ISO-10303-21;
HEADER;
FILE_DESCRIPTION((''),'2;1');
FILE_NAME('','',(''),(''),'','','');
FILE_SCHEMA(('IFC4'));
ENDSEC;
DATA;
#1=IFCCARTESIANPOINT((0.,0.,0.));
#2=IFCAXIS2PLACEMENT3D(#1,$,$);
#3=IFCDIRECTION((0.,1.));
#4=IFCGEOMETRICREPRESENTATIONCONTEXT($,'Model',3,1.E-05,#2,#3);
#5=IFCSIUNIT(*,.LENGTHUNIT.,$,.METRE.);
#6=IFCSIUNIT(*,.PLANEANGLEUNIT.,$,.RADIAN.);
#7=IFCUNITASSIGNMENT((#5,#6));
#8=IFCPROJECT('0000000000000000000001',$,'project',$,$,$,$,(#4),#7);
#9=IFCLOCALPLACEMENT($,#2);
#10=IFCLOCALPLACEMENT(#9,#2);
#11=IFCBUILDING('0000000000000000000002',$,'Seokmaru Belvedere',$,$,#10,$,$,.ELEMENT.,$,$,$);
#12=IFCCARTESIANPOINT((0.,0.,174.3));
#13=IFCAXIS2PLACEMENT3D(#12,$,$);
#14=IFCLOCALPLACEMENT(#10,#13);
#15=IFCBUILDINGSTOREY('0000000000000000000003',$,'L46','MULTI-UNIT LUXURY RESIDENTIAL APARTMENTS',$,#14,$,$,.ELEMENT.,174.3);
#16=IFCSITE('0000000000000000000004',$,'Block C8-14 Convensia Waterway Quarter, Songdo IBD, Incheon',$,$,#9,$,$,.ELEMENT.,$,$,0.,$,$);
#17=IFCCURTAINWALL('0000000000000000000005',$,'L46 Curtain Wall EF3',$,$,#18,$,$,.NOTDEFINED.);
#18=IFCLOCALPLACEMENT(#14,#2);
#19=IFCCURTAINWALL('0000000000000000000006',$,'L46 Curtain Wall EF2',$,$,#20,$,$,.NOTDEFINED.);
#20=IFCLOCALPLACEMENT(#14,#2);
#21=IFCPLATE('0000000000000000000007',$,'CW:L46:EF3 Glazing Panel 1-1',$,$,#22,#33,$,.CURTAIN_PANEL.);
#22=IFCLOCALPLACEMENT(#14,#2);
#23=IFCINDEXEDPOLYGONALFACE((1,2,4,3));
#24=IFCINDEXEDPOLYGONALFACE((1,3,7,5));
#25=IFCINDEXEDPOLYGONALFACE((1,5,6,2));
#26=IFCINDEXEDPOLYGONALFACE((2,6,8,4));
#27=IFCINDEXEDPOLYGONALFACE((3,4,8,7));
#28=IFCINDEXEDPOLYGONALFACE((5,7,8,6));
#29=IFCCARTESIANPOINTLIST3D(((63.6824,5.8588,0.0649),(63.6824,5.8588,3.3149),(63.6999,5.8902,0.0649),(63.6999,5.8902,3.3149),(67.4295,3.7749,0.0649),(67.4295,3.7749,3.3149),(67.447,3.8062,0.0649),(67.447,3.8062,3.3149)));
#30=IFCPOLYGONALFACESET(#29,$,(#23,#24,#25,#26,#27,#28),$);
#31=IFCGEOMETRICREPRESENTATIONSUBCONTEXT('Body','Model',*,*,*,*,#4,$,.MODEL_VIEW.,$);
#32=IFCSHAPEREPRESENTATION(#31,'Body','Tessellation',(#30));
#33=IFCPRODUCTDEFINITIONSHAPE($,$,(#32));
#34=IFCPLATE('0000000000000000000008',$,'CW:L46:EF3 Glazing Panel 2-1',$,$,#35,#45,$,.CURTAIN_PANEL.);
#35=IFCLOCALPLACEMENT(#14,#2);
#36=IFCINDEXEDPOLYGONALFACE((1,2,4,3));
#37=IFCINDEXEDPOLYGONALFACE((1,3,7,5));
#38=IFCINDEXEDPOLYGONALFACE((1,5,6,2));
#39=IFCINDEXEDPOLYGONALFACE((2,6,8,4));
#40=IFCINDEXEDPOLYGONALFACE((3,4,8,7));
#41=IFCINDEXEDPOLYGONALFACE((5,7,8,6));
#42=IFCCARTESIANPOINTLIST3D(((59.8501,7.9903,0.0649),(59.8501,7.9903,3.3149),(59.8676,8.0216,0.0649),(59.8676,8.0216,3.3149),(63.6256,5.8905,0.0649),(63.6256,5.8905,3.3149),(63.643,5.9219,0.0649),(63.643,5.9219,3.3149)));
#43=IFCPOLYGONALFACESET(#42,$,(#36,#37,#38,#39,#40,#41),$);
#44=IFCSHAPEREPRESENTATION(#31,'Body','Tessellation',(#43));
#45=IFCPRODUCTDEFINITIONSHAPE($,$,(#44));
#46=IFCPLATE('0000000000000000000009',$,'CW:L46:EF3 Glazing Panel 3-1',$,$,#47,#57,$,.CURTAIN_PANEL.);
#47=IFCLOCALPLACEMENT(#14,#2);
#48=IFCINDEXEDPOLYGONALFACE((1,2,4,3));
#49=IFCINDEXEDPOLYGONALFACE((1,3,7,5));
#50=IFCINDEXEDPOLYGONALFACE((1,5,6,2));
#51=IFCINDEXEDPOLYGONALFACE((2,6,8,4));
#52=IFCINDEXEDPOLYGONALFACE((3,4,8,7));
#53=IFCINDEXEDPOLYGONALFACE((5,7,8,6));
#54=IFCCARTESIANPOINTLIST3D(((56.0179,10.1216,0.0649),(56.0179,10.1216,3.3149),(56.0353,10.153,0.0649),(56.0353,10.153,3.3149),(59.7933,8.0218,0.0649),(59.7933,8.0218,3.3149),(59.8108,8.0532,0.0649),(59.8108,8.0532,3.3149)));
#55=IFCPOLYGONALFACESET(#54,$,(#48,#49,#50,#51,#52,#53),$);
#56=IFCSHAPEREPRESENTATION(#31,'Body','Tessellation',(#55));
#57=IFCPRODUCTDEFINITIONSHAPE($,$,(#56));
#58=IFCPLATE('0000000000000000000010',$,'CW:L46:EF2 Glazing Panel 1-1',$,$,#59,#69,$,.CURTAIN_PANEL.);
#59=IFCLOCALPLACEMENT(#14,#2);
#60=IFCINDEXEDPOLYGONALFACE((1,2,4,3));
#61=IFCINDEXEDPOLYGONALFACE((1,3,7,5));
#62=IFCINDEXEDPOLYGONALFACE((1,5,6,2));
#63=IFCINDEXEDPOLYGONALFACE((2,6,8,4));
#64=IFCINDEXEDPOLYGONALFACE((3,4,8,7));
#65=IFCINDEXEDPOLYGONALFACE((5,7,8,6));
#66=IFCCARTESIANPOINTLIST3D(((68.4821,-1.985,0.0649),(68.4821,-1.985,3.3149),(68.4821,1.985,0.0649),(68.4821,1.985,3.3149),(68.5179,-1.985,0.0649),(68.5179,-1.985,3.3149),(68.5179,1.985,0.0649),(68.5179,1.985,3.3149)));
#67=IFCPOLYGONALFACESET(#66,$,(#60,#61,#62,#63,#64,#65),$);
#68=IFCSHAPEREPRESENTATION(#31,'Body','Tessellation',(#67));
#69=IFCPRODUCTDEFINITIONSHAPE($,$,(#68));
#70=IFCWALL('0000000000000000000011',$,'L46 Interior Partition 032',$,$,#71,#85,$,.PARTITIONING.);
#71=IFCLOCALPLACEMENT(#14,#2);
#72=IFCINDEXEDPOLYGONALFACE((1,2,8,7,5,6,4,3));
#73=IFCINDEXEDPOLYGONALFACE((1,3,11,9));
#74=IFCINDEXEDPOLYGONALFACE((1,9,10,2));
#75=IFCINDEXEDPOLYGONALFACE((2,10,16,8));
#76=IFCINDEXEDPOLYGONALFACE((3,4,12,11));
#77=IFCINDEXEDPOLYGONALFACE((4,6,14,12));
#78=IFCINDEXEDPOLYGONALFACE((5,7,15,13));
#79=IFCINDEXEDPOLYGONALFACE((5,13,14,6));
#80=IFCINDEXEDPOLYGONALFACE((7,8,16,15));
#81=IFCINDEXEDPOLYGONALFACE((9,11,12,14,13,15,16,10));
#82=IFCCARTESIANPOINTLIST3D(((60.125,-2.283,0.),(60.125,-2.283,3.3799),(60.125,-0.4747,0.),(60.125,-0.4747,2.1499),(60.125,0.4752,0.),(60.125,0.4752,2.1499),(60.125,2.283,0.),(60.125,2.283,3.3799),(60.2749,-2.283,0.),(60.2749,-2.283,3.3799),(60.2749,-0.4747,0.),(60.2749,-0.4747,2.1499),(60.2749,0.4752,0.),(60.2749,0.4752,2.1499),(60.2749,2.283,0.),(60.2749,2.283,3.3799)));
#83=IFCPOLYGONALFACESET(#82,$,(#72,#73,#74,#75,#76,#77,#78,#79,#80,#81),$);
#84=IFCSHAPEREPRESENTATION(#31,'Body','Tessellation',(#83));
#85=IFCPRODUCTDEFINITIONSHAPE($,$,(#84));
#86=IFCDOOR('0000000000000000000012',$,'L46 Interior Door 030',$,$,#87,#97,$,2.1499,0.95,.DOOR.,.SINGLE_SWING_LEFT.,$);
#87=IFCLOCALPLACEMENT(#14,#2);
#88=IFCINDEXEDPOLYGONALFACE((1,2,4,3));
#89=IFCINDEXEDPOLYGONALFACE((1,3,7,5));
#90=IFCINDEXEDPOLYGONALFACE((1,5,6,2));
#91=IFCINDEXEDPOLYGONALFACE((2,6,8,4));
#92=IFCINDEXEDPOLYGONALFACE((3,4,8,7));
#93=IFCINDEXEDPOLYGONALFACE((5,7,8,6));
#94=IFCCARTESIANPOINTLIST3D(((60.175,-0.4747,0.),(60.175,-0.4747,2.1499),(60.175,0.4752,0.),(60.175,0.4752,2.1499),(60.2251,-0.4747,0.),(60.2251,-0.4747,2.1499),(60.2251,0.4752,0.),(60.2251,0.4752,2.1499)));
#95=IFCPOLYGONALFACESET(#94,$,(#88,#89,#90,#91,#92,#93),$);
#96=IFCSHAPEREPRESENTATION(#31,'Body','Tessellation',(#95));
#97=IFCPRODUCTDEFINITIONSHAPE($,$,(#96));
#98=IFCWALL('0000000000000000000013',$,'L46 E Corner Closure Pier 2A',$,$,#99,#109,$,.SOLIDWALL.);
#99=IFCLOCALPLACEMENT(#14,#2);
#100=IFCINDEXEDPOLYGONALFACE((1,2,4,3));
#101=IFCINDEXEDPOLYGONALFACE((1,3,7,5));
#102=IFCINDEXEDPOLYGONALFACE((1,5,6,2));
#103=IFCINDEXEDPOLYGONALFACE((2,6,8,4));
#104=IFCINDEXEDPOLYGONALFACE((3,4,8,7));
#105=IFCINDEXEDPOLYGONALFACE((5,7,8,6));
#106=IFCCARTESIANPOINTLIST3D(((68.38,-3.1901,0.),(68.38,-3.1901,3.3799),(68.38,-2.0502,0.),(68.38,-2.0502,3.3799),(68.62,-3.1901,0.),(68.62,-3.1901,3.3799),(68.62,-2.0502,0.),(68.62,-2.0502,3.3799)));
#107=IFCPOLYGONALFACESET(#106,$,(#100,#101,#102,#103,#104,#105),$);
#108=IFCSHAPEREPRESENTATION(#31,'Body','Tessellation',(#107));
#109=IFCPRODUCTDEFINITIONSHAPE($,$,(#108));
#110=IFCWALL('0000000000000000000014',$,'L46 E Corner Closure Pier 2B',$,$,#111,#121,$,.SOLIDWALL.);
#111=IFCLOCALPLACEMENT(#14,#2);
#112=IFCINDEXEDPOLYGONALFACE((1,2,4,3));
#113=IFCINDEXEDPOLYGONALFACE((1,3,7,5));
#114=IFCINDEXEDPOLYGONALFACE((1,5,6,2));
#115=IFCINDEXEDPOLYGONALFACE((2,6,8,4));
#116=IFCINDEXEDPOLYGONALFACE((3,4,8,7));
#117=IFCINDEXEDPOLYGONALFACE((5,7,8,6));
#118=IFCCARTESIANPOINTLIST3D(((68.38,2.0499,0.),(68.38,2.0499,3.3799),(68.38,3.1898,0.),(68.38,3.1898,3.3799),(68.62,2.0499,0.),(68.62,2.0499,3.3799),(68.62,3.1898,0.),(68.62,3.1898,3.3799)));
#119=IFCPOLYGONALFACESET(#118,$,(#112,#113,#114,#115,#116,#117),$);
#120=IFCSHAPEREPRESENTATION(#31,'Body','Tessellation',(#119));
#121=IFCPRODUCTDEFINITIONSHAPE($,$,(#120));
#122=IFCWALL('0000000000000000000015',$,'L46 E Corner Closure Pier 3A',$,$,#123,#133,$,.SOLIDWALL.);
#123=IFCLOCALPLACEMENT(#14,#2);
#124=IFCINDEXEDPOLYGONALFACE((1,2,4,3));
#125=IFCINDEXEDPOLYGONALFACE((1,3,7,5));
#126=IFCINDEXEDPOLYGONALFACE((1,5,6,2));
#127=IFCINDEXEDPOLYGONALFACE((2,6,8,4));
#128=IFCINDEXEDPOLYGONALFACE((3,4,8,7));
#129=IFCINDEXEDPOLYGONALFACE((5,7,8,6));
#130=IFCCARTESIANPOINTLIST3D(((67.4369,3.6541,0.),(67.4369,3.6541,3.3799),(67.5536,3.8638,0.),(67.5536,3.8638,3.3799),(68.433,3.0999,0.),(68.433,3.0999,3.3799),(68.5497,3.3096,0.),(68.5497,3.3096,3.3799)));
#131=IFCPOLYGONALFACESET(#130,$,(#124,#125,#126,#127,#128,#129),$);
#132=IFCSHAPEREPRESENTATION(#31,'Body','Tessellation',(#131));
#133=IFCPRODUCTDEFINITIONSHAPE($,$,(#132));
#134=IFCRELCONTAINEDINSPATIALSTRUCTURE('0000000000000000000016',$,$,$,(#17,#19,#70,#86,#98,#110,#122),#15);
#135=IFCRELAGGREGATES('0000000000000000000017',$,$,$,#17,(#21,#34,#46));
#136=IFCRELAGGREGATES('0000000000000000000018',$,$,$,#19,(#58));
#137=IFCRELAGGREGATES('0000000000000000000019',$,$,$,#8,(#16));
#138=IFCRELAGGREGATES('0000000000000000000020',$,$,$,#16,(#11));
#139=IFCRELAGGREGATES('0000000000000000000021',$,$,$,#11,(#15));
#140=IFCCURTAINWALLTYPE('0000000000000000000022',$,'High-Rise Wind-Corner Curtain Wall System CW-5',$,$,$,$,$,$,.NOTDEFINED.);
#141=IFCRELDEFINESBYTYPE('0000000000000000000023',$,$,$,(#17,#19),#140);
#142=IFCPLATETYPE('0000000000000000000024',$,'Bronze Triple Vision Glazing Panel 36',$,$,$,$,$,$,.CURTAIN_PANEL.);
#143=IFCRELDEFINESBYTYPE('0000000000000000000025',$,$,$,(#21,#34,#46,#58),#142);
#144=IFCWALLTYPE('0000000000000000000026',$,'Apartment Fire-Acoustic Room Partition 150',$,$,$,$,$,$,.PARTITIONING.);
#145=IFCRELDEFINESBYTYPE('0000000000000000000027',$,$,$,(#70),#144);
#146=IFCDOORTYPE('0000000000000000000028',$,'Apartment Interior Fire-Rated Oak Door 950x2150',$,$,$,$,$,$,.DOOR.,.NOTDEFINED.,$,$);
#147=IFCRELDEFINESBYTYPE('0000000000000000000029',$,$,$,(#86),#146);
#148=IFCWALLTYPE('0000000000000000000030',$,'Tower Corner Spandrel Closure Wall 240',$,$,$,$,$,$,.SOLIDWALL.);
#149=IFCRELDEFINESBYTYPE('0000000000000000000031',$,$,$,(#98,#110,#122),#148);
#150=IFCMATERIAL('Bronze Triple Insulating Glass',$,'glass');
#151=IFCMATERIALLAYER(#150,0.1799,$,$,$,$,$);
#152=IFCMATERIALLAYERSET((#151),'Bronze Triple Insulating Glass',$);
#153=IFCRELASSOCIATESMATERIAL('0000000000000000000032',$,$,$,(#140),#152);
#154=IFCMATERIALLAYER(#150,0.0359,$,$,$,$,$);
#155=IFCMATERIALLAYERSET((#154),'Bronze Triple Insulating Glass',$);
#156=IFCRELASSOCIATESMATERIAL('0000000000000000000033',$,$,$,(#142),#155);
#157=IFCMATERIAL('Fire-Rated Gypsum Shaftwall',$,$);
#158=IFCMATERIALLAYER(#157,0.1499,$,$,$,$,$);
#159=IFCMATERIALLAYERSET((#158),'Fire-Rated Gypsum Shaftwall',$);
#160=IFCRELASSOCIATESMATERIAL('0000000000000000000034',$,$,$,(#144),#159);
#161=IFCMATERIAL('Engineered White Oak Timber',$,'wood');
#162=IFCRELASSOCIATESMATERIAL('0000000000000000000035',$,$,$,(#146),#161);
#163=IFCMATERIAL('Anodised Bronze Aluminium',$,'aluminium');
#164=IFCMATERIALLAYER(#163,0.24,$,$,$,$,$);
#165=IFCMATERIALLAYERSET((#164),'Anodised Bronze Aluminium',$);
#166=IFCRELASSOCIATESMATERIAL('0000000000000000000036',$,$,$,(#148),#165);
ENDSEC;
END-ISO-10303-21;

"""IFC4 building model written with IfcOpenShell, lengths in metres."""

from ifc_helpers import new_model, si_unit, direction, frame, frame_2d, origin, origin_2d, place, context, subcontext, project, spatial, rectangle, extrude, source, transform, mapped, material, layer, layer_set, type_object, type_shapes, element, fill, aggregate, save


model = new_model("IFC4")

# Units and contexts
model_context = context("Model", 3, precision=1e-05, world=origin(), true_north=direction((0.0, 1.0)))
body_context = subcontext(model_context, "Body", "Model", "MODEL_VIEW")
ifc_project = project(units=[si_unit("LENGTHUNIT", "METRE"), si_unit("PLANEANGLEUNIT", "RADIAN")], contexts=[model_context])

# Site, building, storey
site_placement = place(None, origin())
site = spatial("IfcSite", under=ifc_project, at=site_placement, Name="Block C8-14 Convensia Waterway Quarter, Songdo IBD, Incheon", CompositionType="ELEMENT", RefElevation=0.0)
building_placement = place(site_placement, origin())
building = spatial("IfcBuilding", under=site, at=building_placement, Name="Seokmaru Belvedere", CompositionType="ELEMENT")
storey_placement = place(building_placement, frame((0.0, 0.0, 174.3)))
storey = spatial("IfcBuildingStorey", under=building, at=storey_placement, Name="L46", Description="MULTI-UNIT LUXURY RESIDENTIAL APARTMENTS", CompositionType="ELEMENT", Elevation=174.3)

# Curtain walls
ifc_material_1 = material(Name="Bronze Triple Insulating Glass", Category="glass")
ifc_layer_1 = layer(ifc_material_1, 0.1799)
ifc_layer_set_1 = layer_set([ifc_layer_1], Name="Bronze Triple Insulating Glass")
curtain_wall_type = type_object("IfcCurtainWallType", Name="High-Rise Wind-Corner Curtain Wall System CW-5", PredefinedType="NOTDEFINED", material=ifc_layer_set_1)
curtain_wall_1_placement = place(storey_placement, origin())
curtain_wall_1 = element("IfcCurtainWall", 1, at=curtain_wall_1_placement, inside=storey, type_object=curtain_wall_type, Name="L46 Curtain Wall EF3", PredefinedType="NOTDEFINED")
ifc_material_2 = material(Name="Anodised Bronze Aluminium", Category="aluminium")
curtain_wall_2_placement = place(storey_placement, origin())
curtain_wall_2 = element("IfcCurtainWall", 2, at=curtain_wall_2_placement, inside=storey, type_object=curtain_wall_type, Name="L46 Curtain Wall EF2", PredefinedType="NOTDEFINED")

# Plates
ifc_layer_2 = layer(ifc_material_1, 0.0359)
ifc_layer_set_2 = layer_set([ifc_layer_2], Name="Bronze Triple Insulating Glass")
plate_type = type_object("IfcPlateType", Name="Bronze Triple Vision Glazing Panel 36", PredefinedType="CURTAIN_PANEL", material=ifc_layer_set_2)
shared_shape_1 = source(origin(), body_context, "Body", "SweptSolid", [
    extrude(rectangle(XDim=4.2876, YDim=0.0359, at=origin_2d()), origin(), (0.0, 0.0, 1.0), 3.25),
])
plate_1_placement = place(storey_placement, frame((65.5647, 4.8325, 0.0649), z_axis=(0.0, 0.0, 1.0), x_axis=(-0.873933, 0.486047, 0.0)))
plate_1 = element("IfcPlate", 3, at=plate_1_placement, type_object=plate_type, Name="CW:L46:EF3 Glazing Panel 1-1", PredefinedType="CURTAIN_PANEL", context=body_context, shape_type="MappedRepresentation", body=[
    mapped(shared_shape_1, transform((0.0, 0.0, 0.0), scale=1.0)),
])
shared_shape_2 = source(origin(), body_context, "Body", "SweptSolid", [
    extrude(rectangle(XDim=4.3201, YDim=0.0359, at=origin_2d()), origin(), (0.0, 0.0, 1.0), 3.25),
])
plate_2_placement = place(storey_placement, frame((61.7466, 6.9561, 0.0649), z_axis=(0.0, 0.0, 1.0), x_axis=(-0.873933, 0.486047, 0.0)))
plate_2 = element("IfcPlate", 4, at=plate_2_placement, type_object=plate_type, Name="CW:L46:EF3 Glazing Panel 2-1", PredefinedType="CURTAIN_PANEL", context=body_context, shape_type="MappedRepresentation", body=[
    mapped(shared_shape_2, transform((0.0, 0.0, 0.0), scale=1.0)),
])
plate_3_placement = place(storey_placement, frame((57.9143, 9.0874, 0.0649), z_axis=(0.0, 0.0, 1.0), x_axis=(-0.873933, 0.486047, 0.0)))
plate_3 = element("IfcPlate", 5, at=plate_3_placement, type_object=plate_type, Name="CW:L46:EF3 Glazing Panel 3-1", PredefinedType="CURTAIN_PANEL", context=body_context, shape_type="MappedRepresentation", body=[
    mapped(shared_shape_2, transform((0.0, 0.0, 0.0), scale=1.0)),
])
aggregate(curtain_wall_1, [plate_1, plate_2, plate_3])
shared_shape_3 = source(origin(), body_context, "Body", "SweptSolid", [
    extrude(rectangle(XDim=3.97, YDim=0.0359, at=origin_2d()), origin(), (0.0, 0.0, 1.0), 3.25),
])
type_shapes(plate_type, [shared_shape_1, shared_shape_2, shared_shape_3])
plate_4_placement = place(storey_placement, frame((68.5, 0.0, 0.0649), z_axis=(0.0, 0.0, 1.0), x_axis=(0.0, 1.0, 0.0)))
plate_4 = element("IfcPlate", 6, at=plate_4_placement, type_object=plate_type, Name="CW:L46:EF2 Glazing Panel 1-1", PredefinedType="CURTAIN_PANEL", context=body_context, shape_type="MappedRepresentation", body=[
    mapped(shared_shape_3, transform((0.0, 0.0, 0.0), scale=1.0)),
])
aggregate(curtain_wall_2, [plate_4])

# Wall, opening, door
ifc_material_3 = material(Name="Fire-Rated Gypsum Shaftwall")
ifc_layer_3 = layer(ifc_material_3, 0.1499)
ifc_layer_set_3 = layer_set([ifc_layer_3], Name="Fire-Rated Gypsum Shaftwall")
wall_type_1 = type_object("IfcWallType", Name="Apartment Fire-Acoustic Room Partition 150", PredefinedType="PARTITIONING", material=ifc_layer_set_3)
wall_placement = place(storey_placement, frame((60.2, -2.283, 0.0), z_axis=(0.0, 0.0, 1.0), x_axis=(0.0, 1.0, 0.0)))
wall = element("IfcWall", 7, at=wall_placement, inside=storey, type_object=wall_type_1, Name="L46 Interior Partition 032", PredefinedType="PARTITIONING", context=body_context, shape_type="SweptSolid", body=[
    extrude(rectangle(XDim=4.5659, YDim=0.1499, at=frame_2d((2.283, 0.0))), origin(), (0.0, 0.0, 1.0), 3.3799),
])
opening_placement = place(wall_placement, frame((1.8081, 0.0, 0.0)))
opening = element("IfcOpeningElement", 8, at=opening_placement, cuts=wall, PredefinedType="OPENING", context=body_context, shape_type="SweptSolid", body=[
    extrude(rectangle(XDim=0.95, YDim=2.1499, at=frame_2d((0.4751, 1.075))), frame((0.0, 0.085, 0.0), z_axis=(0.0, -1.0, 0.0), x_axis=(1.0, 0.0, 0.0)), (0.0, 0.0, 1.0), 0.1699),
])
ifc_material_4 = material(Name="Engineered White Oak Timber", Category="wood")
door_type = type_object("IfcDoorType", Name="Apartment Interior Fire-Rated Oak Door 950x2150", OperationType="NOTDEFINED", PredefinedType="DOOR", material=ifc_material_4)
shared_shape_4 = source(origin(), body_context, "Body", "SweptSolid", [
    extrude(rectangle(XDim=0.95, YDim=2.1499, at=frame_2d((0.4751, 1.075))), frame((0.0, 0.0249, 0.0), z_axis=(0.0, -1.0, 0.0), x_axis=(1.0, 0.0, 0.0)), (0.0, 0.0, 1.0), 0.05),
])
type_shapes(door_type, [shared_shape_4])
door_placement = place(opening_placement, origin())
door = element("IfcDoor", 9, at=door_placement, inside=storey, type_object=door_type, Name="L46 Interior Door 030", OperationType="SINGLE_SWING_LEFT", OverallHeight=2.1499, OverallWidth=0.95, PredefinedType="DOOR", context=body_context, shape_type="MappedRepresentation", body=[
    mapped(shared_shape_4, transform((0.0, 0.0, 0.0), scale=1.0)),
])
fill(opening, door)

# Walls
ifc_layer_4 = layer(ifc_material_2, 0.24)
ifc_layer_set_4 = layer_set([ifc_layer_4], Name="Anodised Bronze Aluminium")
wall_type_2 = type_object("IfcWallType", Name="Tower Corner Spandrel Closure Wall 240", PredefinedType="SOLIDWALL", material=ifc_layer_set_4)
for number, where, z_axis, x_axis, name in (
    (10, (68.5, -3.1899, 0.0), (0.0, 0.0, 1.0), (0.0, 1.0, 0.0), "L46 E Corner Closure Pier 2A"),
    (11, (68.5, 2.05, 0.0), (0.0, 0.0, 1.0), (0.0, 1.0, 0.0), "L46 E Corner Closure Pier 2B"),
    (12, (68.4912, 3.2048, 0.0), (0.0, 0.0, 1.0), (-0.873854, 0.486188, 0.0), "L46 E Corner Closure Pier 3A"),
):
    element("IfcWall", number, at=place(storey_placement, frame(where, z_axis=z_axis, x_axis=x_axis)), inside=storey, type_object=wall_type_2, Name=name, PredefinedType="SOLIDWALL", context=body_context, shape_type="SweptSolid", body=[
        extrude(rectangle(XDim=1.1399, YDim=0.24, at=frame_2d((0.5698, 0.0))), origin(), (0.0, 0.0, 1.0), 3.3799),
    ])

save(model, "model.ifc")
